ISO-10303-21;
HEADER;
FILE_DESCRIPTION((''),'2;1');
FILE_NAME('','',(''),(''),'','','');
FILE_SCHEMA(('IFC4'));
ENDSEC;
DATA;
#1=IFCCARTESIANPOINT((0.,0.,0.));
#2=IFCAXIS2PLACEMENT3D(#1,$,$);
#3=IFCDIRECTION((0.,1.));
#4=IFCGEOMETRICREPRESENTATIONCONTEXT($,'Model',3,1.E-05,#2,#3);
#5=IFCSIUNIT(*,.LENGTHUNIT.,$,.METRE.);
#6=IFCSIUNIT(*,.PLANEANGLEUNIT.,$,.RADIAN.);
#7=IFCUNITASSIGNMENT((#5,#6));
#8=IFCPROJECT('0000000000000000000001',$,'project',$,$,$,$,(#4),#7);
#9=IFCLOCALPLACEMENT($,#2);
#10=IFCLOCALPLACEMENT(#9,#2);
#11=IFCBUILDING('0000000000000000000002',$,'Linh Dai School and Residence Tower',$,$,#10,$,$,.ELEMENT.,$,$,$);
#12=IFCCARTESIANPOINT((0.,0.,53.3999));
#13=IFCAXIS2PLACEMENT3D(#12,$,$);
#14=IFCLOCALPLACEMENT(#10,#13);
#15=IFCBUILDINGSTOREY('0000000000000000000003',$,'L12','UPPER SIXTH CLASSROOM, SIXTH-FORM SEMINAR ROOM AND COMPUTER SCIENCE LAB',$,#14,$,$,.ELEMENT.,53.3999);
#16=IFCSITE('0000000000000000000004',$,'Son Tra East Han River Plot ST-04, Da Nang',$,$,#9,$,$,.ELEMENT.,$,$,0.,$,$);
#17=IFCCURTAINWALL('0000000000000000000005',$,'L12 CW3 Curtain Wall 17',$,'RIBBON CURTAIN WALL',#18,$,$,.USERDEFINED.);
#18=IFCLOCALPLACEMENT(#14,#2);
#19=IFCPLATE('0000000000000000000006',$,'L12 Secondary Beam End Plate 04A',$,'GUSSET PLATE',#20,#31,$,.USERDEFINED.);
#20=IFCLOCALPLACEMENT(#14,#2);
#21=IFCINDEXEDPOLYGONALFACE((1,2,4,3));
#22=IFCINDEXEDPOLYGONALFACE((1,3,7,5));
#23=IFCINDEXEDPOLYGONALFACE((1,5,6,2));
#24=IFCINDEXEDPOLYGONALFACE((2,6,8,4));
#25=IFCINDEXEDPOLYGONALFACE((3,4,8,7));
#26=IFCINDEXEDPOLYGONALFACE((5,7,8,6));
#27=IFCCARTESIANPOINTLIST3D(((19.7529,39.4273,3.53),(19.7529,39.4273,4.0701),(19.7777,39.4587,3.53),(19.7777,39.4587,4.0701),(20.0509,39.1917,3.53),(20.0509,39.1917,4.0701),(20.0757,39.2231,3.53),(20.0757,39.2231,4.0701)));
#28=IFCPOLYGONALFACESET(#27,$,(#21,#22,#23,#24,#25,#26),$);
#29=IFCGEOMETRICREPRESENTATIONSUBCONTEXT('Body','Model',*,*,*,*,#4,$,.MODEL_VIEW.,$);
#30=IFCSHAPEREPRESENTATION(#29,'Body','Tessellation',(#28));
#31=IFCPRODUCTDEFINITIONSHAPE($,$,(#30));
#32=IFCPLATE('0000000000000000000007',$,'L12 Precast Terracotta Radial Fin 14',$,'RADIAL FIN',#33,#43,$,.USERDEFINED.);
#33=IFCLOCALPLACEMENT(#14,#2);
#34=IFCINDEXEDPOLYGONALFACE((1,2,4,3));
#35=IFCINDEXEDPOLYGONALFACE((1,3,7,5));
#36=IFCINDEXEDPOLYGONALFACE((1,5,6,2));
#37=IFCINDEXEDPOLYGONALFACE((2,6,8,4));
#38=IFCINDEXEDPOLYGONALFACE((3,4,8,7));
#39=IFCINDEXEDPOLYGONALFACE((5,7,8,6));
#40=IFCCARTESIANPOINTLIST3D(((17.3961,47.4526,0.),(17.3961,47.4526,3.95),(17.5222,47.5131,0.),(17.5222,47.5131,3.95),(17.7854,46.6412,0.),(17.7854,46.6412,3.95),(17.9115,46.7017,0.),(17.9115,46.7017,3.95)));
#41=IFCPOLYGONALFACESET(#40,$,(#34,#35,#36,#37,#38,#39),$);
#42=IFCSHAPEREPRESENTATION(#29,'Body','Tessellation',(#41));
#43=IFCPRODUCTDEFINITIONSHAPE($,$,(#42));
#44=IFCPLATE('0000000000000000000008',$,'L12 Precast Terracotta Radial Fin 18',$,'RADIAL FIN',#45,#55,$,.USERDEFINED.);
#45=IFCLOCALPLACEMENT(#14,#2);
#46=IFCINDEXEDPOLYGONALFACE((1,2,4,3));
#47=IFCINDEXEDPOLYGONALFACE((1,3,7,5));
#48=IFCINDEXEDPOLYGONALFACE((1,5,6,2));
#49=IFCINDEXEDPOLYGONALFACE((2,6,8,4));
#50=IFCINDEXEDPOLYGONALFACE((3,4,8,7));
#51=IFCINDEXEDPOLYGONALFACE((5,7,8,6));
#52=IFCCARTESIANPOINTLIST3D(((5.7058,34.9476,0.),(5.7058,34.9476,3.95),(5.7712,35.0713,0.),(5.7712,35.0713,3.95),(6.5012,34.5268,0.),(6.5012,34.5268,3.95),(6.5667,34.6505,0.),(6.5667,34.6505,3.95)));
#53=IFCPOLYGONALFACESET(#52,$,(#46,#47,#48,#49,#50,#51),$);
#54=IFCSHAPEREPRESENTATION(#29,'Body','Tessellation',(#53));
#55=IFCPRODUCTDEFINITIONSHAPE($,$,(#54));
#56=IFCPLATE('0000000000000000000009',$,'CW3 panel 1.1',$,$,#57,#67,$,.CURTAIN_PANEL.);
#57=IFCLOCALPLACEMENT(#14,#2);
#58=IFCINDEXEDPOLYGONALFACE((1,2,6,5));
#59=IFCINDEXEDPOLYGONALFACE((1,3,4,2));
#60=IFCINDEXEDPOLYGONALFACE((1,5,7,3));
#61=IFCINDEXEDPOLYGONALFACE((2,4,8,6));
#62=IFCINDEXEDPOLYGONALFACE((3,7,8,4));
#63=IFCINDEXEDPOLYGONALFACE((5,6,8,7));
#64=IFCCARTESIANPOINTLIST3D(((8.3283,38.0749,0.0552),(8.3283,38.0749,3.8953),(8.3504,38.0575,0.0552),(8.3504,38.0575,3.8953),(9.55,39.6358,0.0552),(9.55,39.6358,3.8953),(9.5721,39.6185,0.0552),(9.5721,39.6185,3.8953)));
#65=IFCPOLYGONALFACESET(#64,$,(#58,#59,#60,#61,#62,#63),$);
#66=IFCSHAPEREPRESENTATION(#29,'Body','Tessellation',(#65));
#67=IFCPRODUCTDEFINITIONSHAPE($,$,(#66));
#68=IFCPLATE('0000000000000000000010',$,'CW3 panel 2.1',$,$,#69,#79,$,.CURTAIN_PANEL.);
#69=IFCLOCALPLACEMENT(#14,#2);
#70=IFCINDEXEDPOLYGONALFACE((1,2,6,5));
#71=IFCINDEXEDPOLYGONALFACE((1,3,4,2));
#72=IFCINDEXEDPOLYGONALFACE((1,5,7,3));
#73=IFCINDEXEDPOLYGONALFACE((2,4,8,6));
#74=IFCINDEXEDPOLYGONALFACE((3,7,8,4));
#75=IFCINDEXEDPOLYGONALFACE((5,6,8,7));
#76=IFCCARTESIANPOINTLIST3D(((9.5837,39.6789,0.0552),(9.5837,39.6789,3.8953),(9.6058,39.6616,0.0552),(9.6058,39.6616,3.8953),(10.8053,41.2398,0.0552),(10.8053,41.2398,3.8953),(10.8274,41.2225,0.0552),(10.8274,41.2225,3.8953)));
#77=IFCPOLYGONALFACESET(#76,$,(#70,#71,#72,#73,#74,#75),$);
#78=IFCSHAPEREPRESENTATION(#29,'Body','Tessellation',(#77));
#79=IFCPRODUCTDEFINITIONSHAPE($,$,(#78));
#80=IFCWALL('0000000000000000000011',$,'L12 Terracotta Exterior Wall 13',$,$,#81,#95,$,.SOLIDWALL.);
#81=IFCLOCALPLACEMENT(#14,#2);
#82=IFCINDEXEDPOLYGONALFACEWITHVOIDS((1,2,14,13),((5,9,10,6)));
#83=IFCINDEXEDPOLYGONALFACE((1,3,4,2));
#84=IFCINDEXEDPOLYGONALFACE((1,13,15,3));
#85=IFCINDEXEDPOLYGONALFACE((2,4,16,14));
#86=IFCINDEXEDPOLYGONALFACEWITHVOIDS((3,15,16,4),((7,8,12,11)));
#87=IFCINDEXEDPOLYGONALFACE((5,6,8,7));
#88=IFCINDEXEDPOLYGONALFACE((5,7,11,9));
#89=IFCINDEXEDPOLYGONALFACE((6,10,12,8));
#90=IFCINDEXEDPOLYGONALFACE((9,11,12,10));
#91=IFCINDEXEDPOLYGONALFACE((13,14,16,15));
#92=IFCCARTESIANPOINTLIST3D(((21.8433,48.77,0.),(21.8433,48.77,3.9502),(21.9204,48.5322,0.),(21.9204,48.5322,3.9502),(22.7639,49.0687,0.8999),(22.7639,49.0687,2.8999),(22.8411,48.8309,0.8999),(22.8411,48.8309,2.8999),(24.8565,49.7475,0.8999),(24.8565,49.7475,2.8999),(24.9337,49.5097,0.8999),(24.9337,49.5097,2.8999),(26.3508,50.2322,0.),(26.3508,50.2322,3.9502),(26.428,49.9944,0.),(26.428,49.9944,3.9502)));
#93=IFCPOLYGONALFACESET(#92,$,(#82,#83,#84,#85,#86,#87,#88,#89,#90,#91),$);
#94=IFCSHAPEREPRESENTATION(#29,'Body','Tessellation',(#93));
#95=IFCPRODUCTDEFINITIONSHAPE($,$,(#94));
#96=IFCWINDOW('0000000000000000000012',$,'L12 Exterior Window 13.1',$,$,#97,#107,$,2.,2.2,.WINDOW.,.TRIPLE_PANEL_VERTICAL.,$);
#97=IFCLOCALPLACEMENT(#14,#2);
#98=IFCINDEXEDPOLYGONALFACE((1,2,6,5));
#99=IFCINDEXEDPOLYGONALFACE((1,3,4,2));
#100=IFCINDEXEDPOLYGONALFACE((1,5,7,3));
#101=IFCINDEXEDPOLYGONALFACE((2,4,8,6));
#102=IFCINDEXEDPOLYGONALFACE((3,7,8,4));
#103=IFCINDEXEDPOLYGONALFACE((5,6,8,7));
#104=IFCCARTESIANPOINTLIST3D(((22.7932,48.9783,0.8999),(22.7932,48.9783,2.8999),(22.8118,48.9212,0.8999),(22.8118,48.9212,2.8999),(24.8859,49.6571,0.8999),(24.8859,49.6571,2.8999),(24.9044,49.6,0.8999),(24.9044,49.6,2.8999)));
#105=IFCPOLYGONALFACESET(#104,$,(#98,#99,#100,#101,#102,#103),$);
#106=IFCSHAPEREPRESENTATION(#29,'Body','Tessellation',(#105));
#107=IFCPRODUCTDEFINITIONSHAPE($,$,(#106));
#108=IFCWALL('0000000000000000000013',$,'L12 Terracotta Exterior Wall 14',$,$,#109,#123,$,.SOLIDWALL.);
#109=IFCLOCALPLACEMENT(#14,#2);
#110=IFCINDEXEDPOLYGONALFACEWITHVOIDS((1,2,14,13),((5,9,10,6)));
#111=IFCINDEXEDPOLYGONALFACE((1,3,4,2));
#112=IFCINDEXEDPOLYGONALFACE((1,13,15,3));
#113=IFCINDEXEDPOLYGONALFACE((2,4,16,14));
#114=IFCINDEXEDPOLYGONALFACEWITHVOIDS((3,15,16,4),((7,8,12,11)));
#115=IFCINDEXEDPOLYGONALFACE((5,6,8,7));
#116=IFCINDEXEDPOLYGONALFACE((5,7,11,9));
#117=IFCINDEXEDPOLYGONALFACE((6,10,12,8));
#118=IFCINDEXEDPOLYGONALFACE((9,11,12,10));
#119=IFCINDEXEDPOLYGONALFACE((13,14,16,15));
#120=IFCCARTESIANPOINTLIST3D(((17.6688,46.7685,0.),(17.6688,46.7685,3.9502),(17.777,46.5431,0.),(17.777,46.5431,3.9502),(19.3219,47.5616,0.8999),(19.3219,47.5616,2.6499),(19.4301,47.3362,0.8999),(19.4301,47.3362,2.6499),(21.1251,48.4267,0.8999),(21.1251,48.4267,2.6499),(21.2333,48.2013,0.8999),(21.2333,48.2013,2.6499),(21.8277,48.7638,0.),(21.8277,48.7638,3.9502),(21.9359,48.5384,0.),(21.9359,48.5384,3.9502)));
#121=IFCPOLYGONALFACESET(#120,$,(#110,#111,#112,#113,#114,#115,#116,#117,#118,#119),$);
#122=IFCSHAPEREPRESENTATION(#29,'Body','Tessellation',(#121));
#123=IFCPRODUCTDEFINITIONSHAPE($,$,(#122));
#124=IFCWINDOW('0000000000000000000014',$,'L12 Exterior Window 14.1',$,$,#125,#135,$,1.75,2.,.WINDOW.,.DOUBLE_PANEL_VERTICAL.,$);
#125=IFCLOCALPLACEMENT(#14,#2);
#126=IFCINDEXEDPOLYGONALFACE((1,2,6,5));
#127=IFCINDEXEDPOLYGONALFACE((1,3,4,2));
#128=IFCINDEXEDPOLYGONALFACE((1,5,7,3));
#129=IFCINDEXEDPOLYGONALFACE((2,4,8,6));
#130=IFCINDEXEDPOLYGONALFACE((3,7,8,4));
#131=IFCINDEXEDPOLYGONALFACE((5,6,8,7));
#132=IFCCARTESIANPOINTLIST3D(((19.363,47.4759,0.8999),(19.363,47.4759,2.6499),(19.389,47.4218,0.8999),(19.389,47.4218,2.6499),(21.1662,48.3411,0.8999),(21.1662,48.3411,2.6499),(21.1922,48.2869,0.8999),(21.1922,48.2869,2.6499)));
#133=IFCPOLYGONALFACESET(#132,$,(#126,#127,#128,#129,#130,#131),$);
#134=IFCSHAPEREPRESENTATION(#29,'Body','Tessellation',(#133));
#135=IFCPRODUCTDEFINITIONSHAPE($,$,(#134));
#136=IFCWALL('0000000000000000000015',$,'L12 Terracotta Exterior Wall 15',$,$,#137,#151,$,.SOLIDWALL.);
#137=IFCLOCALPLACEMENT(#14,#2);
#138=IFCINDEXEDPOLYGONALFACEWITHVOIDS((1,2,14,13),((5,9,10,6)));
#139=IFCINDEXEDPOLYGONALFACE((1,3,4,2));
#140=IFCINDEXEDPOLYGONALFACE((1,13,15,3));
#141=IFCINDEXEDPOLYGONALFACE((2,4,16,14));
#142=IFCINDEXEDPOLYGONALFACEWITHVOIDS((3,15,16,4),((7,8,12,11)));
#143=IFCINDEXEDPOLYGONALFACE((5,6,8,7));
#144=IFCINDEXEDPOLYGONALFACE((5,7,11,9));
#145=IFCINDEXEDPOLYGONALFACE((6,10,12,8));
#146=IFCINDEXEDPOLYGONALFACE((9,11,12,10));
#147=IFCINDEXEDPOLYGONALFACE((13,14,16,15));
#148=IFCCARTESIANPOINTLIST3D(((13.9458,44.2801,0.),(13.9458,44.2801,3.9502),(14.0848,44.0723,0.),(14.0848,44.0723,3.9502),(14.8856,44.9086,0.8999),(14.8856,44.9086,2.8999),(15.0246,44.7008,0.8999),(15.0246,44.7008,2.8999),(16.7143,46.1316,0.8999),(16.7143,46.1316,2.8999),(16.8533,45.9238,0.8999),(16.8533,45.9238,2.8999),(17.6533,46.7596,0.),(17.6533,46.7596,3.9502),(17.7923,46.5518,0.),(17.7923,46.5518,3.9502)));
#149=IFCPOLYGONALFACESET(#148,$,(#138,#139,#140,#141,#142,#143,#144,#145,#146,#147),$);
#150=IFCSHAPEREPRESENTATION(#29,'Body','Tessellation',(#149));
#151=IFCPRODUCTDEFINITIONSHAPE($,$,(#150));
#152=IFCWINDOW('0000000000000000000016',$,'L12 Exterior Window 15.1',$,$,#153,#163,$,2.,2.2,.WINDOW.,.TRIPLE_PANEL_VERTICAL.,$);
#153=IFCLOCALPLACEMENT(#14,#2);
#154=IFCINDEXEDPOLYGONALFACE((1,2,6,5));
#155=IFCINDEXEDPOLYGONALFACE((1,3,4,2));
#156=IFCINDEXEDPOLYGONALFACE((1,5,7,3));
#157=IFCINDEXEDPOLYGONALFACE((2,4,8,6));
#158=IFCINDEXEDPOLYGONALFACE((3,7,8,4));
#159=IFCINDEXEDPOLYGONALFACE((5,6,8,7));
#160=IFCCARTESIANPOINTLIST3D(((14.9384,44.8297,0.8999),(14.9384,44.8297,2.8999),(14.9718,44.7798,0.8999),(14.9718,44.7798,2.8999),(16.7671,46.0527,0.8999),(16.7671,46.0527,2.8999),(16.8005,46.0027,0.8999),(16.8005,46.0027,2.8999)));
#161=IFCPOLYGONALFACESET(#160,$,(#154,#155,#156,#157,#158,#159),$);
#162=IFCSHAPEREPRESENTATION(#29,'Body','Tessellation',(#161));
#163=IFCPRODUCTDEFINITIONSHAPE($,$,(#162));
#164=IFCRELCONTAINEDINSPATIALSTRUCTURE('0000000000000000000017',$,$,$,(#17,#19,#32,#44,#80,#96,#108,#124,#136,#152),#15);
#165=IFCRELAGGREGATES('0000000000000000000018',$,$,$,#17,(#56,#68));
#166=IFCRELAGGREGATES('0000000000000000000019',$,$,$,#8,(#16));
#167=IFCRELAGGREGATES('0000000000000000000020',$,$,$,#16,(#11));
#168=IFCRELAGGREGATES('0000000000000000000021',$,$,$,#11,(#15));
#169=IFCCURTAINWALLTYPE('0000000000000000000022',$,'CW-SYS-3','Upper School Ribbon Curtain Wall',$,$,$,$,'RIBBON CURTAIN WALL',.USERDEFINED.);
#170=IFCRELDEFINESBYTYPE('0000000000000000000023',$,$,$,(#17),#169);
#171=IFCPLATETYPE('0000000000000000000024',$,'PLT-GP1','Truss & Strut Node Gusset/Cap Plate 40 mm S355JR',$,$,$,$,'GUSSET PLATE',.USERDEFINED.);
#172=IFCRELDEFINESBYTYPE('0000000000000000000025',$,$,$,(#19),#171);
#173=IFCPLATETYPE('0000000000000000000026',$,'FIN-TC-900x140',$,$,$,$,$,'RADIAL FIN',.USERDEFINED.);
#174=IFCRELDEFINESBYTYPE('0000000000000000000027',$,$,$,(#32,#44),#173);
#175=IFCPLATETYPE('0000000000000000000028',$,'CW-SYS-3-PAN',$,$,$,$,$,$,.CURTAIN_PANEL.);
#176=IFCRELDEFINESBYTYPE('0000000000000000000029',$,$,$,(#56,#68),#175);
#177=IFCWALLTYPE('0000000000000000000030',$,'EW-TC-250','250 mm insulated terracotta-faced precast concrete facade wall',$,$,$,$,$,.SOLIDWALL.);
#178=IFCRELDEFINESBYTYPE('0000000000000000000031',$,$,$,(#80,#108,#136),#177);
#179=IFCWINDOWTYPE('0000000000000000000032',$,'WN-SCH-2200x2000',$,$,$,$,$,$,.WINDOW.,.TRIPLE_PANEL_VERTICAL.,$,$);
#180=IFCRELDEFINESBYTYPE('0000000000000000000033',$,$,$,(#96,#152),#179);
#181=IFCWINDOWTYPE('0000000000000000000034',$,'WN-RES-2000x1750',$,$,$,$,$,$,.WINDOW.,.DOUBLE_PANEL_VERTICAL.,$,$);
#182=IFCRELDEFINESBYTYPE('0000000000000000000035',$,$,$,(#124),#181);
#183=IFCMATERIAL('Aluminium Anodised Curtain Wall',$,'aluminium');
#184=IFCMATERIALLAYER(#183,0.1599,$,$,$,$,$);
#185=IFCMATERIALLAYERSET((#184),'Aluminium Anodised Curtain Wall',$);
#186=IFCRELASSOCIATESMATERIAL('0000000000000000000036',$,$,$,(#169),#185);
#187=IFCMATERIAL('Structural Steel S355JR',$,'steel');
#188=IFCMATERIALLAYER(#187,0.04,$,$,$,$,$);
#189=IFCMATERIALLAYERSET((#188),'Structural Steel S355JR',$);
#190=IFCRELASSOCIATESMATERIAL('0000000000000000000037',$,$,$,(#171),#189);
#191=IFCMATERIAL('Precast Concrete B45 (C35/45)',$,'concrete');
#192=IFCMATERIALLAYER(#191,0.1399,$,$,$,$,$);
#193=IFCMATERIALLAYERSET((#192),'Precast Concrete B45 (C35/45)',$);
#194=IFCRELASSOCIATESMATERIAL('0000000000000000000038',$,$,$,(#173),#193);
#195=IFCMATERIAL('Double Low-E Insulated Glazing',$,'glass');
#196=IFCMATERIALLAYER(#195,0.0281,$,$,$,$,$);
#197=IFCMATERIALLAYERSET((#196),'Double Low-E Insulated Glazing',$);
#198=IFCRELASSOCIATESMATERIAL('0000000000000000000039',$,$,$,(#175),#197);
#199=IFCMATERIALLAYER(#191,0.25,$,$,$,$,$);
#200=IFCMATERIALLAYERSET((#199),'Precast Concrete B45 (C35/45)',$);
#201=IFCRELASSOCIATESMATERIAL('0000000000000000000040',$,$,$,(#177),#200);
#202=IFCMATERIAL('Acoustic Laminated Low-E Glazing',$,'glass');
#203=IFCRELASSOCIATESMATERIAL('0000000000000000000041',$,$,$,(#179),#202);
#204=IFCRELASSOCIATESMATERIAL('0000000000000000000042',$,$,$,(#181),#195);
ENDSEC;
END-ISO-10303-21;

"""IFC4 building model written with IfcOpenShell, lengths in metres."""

from ifc_helpers import new_model, si_unit, direction, frame, frame_2d, origin, origin_2d, place, context, subcontext, project, spatial, rectangle, extrude, source, transform, mapped, material, layer, layer_set, type_object, element, fill, aggregate, save


model = new_model("IFC4")

# Units and contexts
model_context = context("Model", 3, precision=1e-05, world=origin(), true_north=direction((0.0, 1.0)))
body_context = subcontext(model_context, "Body", "Model", "MODEL_VIEW")
ifc_project = project(units=[si_unit("LENGTHUNIT", "METRE"), si_unit("PLANEANGLEUNIT", "RADIAN")], contexts=[model_context])

# Site, building, storey
site_placement = place(None, origin())
site = spatial("IfcSite", under=ifc_project, at=site_placement, Name="Son Tra East Han River Plot ST-04, Da Nang", CompositionType="ELEMENT", RefElevation=0.0)
building_placement = place(site_placement, origin())
building = spatial("IfcBuilding", under=site, at=building_placement, Name="Linh Dai School and Residence Tower", CompositionType="ELEMENT")
storey_placement = place(building_placement, frame((0.0, 0.0, 53.3999)))
storey = spatial("IfcBuildingStorey", under=building, at=storey_placement, Name="L12", Description="UPPER SIXTH CLASSROOM, SIXTH-FORM SEMINAR ROOM AND COMPUTER SCIENCE LAB", CompositionType="ELEMENT", Elevation=53.3999)

# Shared definitions
ifc_material_1 = material(Name="Structural Steel S355JR", Category="steel")

# Curtain wall
ifc_material_2 = material(Name="Aluminium Anodised Curtain Wall", Category="aluminium")
ifc_layer_1 = layer(ifc_material_2, 0.1599)
ifc_layer_set_1 = layer_set([ifc_layer_1], Name="Aluminium Anodised Curtain Wall")
curtain_wall_type = type_object("IfcCurtainWallType", Name="CW-SYS-3", Description="Upper School Ribbon Curtain Wall", ElementType="RIBBON CURTAIN WALL", PredefinedType="USERDEFINED", material=ifc_layer_set_1)
curtain_wall_placement = place(storey_placement, origin())
curtain_wall = element("IfcCurtainWall", 1, at=curtain_wall_placement, inside=storey, type_object=curtain_wall_type, Name="L12 CW3 Curtain Wall 17", ObjectType="RIBBON CURTAIN WALL", PredefinedType="USERDEFINED")

# Plates
ifc_layer_2 = layer(ifc_material_1, 0.04)
ifc_layer_set_2 = layer_set([ifc_layer_2], Name="Structural Steel S355JR")
plate_type_1 = type_object("IfcPlateType", Name="PLT-GP1", Description="Truss & Strut Node Gusset/Cap Plate 40 mm S355JR", ElementType="GUSSET PLATE", PredefinedType="USERDEFINED", material=ifc_layer_set_2)
shared_shape_1 = source(origin(), body_context, "Body", "SweptSolid", [
    extrude(rectangle(XDim=0.04, YDim=0.3799, at=origin_2d()), origin(), (0.0, 0.0, 1.0), 0.54),
])
plate_1_placement = place(storey_placement, frame((19.9143, 39.3252, 3.53), z_axis=(0.0, 0.0, 1.0), x_axis=(-0.620178, -0.784461, 0.0)))
element("IfcPlate", 2, at=plate_1_placement, inside=storey, type_object=plate_type_1, Name="L12 Secondary Beam End Plate 04A", ObjectType="GUSSET PLATE", PredefinedType="USERDEFINED", context=body_context, shape_type="MappedRepresentation", body=[
    mapped(shared_shape_1, transform((0.0, 0.0, 0.0), x_axis=(1.0, 0.0, 0.0), y_axis=(0.0, 1.0, 0.0), z_axis=(0.0, 0.0, 1.0), scale=1.0)),
])
ifc_material_3 = material(Name="Precast Concrete B45 (C35/45)", Category="concrete")
ifc_layer_3 = layer(ifc_material_3, 0.1399)
ifc_layer_set_3 = layer_set([ifc_layer_3], Name="Precast Concrete B45 (C35/45)")
plate_type_2 = type_object("IfcPlateType", Name="FIN-TC-900x140", ElementType="RADIAL FIN", PredefinedType="USERDEFINED", material=ifc_layer_set_3)
shared_shape_2 = source(origin(), body_context, "Body", "SweptSolid", [
    extrude(rectangle(XDim=0.8999, YDim=0.1399, at=origin_2d()), origin(), (0.0, 0.0, 1.0), 3.95),
])
for number, where, z_axis, x_axis, name in (
    (3, (17.6538, 47.0771, 0.0), (0.0, 0.0, 1.0), (-0.432603, 0.901585, 0.0), "L12 Precast Terracotta Radial Fin 14"),
    (4, (6.1362, 34.7991, 0.0), (0.0, 0.0, 1.0), (-0.883934, 0.467612, 0.0), "L12 Precast Terracotta Radial Fin 18"),
):
    element("IfcPlate", number, at=place(storey_placement, frame(where, z_axis=z_axis, x_axis=x_axis)), inside=storey, type_object=plate_type_2, Name=name, ObjectType="RADIAL FIN", PredefinedType="USERDEFINED", context=body_context, shape_type="MappedRepresentation", body=[
        mapped(shared_shape_2, transform((0.0, 0.0, 0.0), x_axis=(1.0, 0.0, 0.0), y_axis=(0.0, 1.0, 0.0), z_axis=(0.0, 0.0, 1.0), scale=1.0)),
    ])

# Plates
ifc_material_4 = material(Name="Double Low-E Insulated Glazing", Category="glass")
ifc_layer_4 = layer(ifc_material_4, 0.0281)
ifc_layer_set_4 = layer_set([ifc_layer_4], Name="Double Low-E Insulated Glazing")
plate_type_3 = type_object("IfcPlateType", Name="CW-SYS-3-PAN", PredefinedType="CURTAIN_PANEL", material=ifc_layer_set_4)
shared_shape_3 = source(origin(), body_context, "Body", "SweptSolid", [
    extrude(rectangle(XDim=1.9822, YDim=0.0281, at=origin_2d()), origin(), (0.0, 0.0, 1.0), 3.8401),
])
plate_2_placement = place(storey_placement, frame((8.9502, 38.8467, 0.0552), z_axis=(0.0, 0.0, 1.0), x_axis=(0.616319, 0.787496, 0.0)))
plate_2 = element("IfcPlate", 5, at=plate_2_placement, type_object=plate_type_3, Name="CW3 panel 1.1", PredefinedType="CURTAIN_PANEL", context=body_context, shape_type="MappedRepresentation", body=[
    mapped(shared_shape_3, transform((0.0, 0.0, 0.0), x_axis=(1.0, 0.0, 0.0), y_axis=(0.0, 1.0, 0.0), z_axis=(0.0, 0.0, 1.0), scale=1.0)),
])
plate_3_placement = place(storey_placement, frame((10.2056, 40.4507, 0.0552), z_axis=(0.0, 0.0, 1.0), x_axis=(0.616319, 0.787496, 0.0)))
plate_3 = element("IfcPlate", 6, at=plate_3_placement, type_object=plate_type_3, Name="CW3 panel 2.1", PredefinedType="CURTAIN_PANEL", context=body_context, shape_type="MappedRepresentation", body=[
    mapped(shared_shape_3, transform((0.0, 0.0, 0.0), x_axis=(1.0, 0.0, 0.0), y_axis=(0.0, 1.0, 0.0), z_axis=(0.0, 0.0, 1.0), scale=1.0)),
])
aggregate(curtain_wall, [plate_2, plate_3])

# Walls, openings, windows
ifc_layer_5 = layer(ifc_material_3, 0.25)
ifc_layer_set_5 = layer_set([ifc_layer_5], Name="Precast Concrete B45 (C35/45)")
wall_type_1 = type_object("IfcWallType", Name="EW-TC-250", Description="250 mm insulated terracotta-faced precast concrete facade wall", PredefinedType="SOLIDWALL", material=ifc_layer_set_5)
wall_1_placement = place(storey_placement, frame((21.8818, 48.6511, 0.0), z_axis=(0.0, 0.0, 1.0), x_axis=(0.951208, 0.308551, 0.0)))
wall_1 = element("IfcWall", 7, at=wall_1_placement, inside=storey, type_object=wall_type_1, Name="L12 Terracotta Exterior Wall 13", PredefinedType="SOLIDWALL", context=body_context, shape_type="SweptSolid", body=[
    extrude(rectangle(XDim=4.7388, YDim=0.25, at=frame_2d((2.3694, 0.0))), origin(), (0.0, 0.0, 1.0), 3.9502),
])
opening_1_placement = place(wall_1_placement, frame((0.9678, 0.0, 0.8999)))
opening_1 = element("IfcOpeningElement", 8, at=opening_1_placement, cuts=wall_1, PredefinedType="OPENING", context=body_context, shape_type="SweptSolid", body=[
    extrude(rectangle(XDim=2.2, YDim=2.0, at=origin_2d()), frame((1.1001, 0.135, 1.0), z_axis=(0.0, -1.0, 0.0), x_axis=(1.0, 0.0, 0.0)), (0.0, 0.0, 1.0), 0.27),
])
ifc_material_5 = material(Name="Acoustic Laminated Low-E Glazing", Category="glass")
window_type_1 = type_object("IfcWindowType", Name="WN-SCH-2200x2000", PartitioningType="TRIPLE_PANEL_VERTICAL", PredefinedType="WINDOW", material=ifc_material_5)
shared_shape_4 = source(origin(), body_context, "Body", "SweptSolid", [
    extrude(rectangle(XDim=2.2, YDim=2.0, at=origin_2d()), frame((1.1001, 0.03, 1.0), z_axis=(0.0, -1.0, 0.0), x_axis=(1.0, 0.0, 0.0)), (0.0, 0.0, 1.0), 0.0601),
])
window_1_placement = place(opening_1_placement, origin())
window_1 = element("IfcWindow", 9, at=window_1_placement, inside=storey, type_object=window_type_1, Name="L12 Exterior Window 13.1", OverallHeight=2.0, OverallWidth=2.2, PartitioningType="TRIPLE_PANEL_VERTICAL", PredefinedType="WINDOW", context=body_context, shape_type="MappedRepresentation", body=[
    mapped(shared_shape_4, transform((0.0, 0.0, 0.0), x_axis=(1.0, 0.0, 0.0), y_axis=(0.0, 1.0, 0.0), z_axis=(0.0, 0.0, 1.0), scale=1.0)),
])
fill(opening_1, window_1)
wall_2_placement = place(storey_placement, frame((17.7229, 46.6558, 0.0), z_axis=(0.0, 0.0, 1.0), x_axis=(0.901602, 0.432568, 0.0)))
wall_2 = element("IfcWall", 10, at=wall_2_placement, inside=storey, type_object=wall_type_1, Name="L12 Terracotta Exterior Wall 14", PredefinedType="SOLIDWALL", context=body_context, shape_type="SweptSolid", body=[
    extrude(rectangle(XDim=4.6128, YDim=0.25, at=frame_2d((2.3064, 0.0))), origin(), (0.0, 0.0, 1.0), 3.9502),
])
opening_2_placement = place(wall_2_placement, frame((1.8335, 0.0, 0.8999)))
opening_2 = element("IfcOpeningElement", 11, at=opening_2_placement, cuts=wall_2, PredefinedType="OPENING", context=body_context, shape_type="SweptSolid", body=[
    extrude(rectangle(XDim=2.0, YDim=1.75, at=origin_2d()), frame((1.0, 0.135, 0.875), z_axis=(0.0, -1.0, 0.0), x_axis=(1.0, 0.0, 0.0)), (0.0, 0.0, 1.0), 0.27),
])
window_type_2 = type_object("IfcWindowType", Name="WN-RES-2000x1750", PartitioningType="DOUBLE_PANEL_VERTICAL", PredefinedType="WINDOW", material=ifc_material_4)
shared_shape_5 = source(origin(), body_context, "Body", "SweptSolid", [
    extrude(rectangle(XDim=2.0, YDim=1.75, at=origin_2d()), frame((1.0, 0.03, 0.875), z_axis=(0.0, -1.0, 0.0), x_axis=(1.0, 0.0, 0.0)), (0.0, 0.0, 1.0), 0.0601),
])
window_2_placement = place(opening_2_placement, origin())
window_2 = element("IfcWindow", 12, at=window_2_placement, inside=storey, type_object=window_type_2, Name="L12 Exterior Window 14.1", OverallHeight=1.75, OverallWidth=2.0, PartitioningType="DOUBLE_PANEL_VERTICAL", PredefinedType="WINDOW", context=body_context, shape_type="MappedRepresentation", body=[
    mapped(shared_shape_5, transform((0.0, 0.0, 0.0), x_axis=(1.0, 0.0, 0.0), y_axis=(0.0, 1.0, 0.0), z_axis=(0.0, 0.0, 1.0), scale=1.0)),
])
fill(opening_2, window_2)
wall_3_placement = place(storey_placement, frame((14.0154, 44.1763, 0.0), z_axis=(0.0, 0.0, 1.0), x_axis=(0.831241, 0.555912, 0.0)))
wall_3 = element("IfcWall", 13, at=wall_3_placement, inside=storey, type_object=wall_type_1, Name="L12 Terracotta Exterior Wall 15", PredefinedType="SOLIDWALL", context=body_context, shape_type="SweptSolid", body=[
    extrude(rectangle(XDim=4.4602, YDim=0.25, at=frame_2d((2.23, 0.0))), origin(), (0.0, 0.0, 1.0), 3.9502),
])
opening_3_placement = place(wall_3_placement, frame((1.1304, 0.0, 0.8999)))
opening_3 = element("IfcOpeningElement", 14, at=opening_3_placement, cuts=wall_3, PredefinedType="OPENING", context=body_context, shape_type="SweptSolid", body=[
    extrude(rectangle(XDim=2.2, YDim=2.0, at=origin_2d()), frame((1.1001, 0.135, 1.0), z_axis=(0.0, -1.0, 0.0), x_axis=(1.0, 0.0, 0.0)), (0.0, 0.0, 1.0), 0.27),
])
window_3_placement = place(opening_3_placement, origin())
window_3 = element("IfcWindow", 15, at=window_3_placement, inside=storey, type_object=window_type_1, Name="L12 Exterior Window 15.1", OverallHeight=2.0, OverallWidth=2.2, PartitioningType="TRIPLE_PANEL_VERTICAL", PredefinedType="WINDOW", context=body_context, shape_type="MappedRepresentation", body=[
    mapped(shared_shape_4, transform((0.0, 0.0, 0.0), x_axis=(1.0, 0.0, 0.0), y_axis=(0.0, 1.0, 0.0), z_axis=(0.0, 0.0, 1.0), scale=1.0)),
])
fill(opening_3, window_3)

save(model, "model.ifc")
